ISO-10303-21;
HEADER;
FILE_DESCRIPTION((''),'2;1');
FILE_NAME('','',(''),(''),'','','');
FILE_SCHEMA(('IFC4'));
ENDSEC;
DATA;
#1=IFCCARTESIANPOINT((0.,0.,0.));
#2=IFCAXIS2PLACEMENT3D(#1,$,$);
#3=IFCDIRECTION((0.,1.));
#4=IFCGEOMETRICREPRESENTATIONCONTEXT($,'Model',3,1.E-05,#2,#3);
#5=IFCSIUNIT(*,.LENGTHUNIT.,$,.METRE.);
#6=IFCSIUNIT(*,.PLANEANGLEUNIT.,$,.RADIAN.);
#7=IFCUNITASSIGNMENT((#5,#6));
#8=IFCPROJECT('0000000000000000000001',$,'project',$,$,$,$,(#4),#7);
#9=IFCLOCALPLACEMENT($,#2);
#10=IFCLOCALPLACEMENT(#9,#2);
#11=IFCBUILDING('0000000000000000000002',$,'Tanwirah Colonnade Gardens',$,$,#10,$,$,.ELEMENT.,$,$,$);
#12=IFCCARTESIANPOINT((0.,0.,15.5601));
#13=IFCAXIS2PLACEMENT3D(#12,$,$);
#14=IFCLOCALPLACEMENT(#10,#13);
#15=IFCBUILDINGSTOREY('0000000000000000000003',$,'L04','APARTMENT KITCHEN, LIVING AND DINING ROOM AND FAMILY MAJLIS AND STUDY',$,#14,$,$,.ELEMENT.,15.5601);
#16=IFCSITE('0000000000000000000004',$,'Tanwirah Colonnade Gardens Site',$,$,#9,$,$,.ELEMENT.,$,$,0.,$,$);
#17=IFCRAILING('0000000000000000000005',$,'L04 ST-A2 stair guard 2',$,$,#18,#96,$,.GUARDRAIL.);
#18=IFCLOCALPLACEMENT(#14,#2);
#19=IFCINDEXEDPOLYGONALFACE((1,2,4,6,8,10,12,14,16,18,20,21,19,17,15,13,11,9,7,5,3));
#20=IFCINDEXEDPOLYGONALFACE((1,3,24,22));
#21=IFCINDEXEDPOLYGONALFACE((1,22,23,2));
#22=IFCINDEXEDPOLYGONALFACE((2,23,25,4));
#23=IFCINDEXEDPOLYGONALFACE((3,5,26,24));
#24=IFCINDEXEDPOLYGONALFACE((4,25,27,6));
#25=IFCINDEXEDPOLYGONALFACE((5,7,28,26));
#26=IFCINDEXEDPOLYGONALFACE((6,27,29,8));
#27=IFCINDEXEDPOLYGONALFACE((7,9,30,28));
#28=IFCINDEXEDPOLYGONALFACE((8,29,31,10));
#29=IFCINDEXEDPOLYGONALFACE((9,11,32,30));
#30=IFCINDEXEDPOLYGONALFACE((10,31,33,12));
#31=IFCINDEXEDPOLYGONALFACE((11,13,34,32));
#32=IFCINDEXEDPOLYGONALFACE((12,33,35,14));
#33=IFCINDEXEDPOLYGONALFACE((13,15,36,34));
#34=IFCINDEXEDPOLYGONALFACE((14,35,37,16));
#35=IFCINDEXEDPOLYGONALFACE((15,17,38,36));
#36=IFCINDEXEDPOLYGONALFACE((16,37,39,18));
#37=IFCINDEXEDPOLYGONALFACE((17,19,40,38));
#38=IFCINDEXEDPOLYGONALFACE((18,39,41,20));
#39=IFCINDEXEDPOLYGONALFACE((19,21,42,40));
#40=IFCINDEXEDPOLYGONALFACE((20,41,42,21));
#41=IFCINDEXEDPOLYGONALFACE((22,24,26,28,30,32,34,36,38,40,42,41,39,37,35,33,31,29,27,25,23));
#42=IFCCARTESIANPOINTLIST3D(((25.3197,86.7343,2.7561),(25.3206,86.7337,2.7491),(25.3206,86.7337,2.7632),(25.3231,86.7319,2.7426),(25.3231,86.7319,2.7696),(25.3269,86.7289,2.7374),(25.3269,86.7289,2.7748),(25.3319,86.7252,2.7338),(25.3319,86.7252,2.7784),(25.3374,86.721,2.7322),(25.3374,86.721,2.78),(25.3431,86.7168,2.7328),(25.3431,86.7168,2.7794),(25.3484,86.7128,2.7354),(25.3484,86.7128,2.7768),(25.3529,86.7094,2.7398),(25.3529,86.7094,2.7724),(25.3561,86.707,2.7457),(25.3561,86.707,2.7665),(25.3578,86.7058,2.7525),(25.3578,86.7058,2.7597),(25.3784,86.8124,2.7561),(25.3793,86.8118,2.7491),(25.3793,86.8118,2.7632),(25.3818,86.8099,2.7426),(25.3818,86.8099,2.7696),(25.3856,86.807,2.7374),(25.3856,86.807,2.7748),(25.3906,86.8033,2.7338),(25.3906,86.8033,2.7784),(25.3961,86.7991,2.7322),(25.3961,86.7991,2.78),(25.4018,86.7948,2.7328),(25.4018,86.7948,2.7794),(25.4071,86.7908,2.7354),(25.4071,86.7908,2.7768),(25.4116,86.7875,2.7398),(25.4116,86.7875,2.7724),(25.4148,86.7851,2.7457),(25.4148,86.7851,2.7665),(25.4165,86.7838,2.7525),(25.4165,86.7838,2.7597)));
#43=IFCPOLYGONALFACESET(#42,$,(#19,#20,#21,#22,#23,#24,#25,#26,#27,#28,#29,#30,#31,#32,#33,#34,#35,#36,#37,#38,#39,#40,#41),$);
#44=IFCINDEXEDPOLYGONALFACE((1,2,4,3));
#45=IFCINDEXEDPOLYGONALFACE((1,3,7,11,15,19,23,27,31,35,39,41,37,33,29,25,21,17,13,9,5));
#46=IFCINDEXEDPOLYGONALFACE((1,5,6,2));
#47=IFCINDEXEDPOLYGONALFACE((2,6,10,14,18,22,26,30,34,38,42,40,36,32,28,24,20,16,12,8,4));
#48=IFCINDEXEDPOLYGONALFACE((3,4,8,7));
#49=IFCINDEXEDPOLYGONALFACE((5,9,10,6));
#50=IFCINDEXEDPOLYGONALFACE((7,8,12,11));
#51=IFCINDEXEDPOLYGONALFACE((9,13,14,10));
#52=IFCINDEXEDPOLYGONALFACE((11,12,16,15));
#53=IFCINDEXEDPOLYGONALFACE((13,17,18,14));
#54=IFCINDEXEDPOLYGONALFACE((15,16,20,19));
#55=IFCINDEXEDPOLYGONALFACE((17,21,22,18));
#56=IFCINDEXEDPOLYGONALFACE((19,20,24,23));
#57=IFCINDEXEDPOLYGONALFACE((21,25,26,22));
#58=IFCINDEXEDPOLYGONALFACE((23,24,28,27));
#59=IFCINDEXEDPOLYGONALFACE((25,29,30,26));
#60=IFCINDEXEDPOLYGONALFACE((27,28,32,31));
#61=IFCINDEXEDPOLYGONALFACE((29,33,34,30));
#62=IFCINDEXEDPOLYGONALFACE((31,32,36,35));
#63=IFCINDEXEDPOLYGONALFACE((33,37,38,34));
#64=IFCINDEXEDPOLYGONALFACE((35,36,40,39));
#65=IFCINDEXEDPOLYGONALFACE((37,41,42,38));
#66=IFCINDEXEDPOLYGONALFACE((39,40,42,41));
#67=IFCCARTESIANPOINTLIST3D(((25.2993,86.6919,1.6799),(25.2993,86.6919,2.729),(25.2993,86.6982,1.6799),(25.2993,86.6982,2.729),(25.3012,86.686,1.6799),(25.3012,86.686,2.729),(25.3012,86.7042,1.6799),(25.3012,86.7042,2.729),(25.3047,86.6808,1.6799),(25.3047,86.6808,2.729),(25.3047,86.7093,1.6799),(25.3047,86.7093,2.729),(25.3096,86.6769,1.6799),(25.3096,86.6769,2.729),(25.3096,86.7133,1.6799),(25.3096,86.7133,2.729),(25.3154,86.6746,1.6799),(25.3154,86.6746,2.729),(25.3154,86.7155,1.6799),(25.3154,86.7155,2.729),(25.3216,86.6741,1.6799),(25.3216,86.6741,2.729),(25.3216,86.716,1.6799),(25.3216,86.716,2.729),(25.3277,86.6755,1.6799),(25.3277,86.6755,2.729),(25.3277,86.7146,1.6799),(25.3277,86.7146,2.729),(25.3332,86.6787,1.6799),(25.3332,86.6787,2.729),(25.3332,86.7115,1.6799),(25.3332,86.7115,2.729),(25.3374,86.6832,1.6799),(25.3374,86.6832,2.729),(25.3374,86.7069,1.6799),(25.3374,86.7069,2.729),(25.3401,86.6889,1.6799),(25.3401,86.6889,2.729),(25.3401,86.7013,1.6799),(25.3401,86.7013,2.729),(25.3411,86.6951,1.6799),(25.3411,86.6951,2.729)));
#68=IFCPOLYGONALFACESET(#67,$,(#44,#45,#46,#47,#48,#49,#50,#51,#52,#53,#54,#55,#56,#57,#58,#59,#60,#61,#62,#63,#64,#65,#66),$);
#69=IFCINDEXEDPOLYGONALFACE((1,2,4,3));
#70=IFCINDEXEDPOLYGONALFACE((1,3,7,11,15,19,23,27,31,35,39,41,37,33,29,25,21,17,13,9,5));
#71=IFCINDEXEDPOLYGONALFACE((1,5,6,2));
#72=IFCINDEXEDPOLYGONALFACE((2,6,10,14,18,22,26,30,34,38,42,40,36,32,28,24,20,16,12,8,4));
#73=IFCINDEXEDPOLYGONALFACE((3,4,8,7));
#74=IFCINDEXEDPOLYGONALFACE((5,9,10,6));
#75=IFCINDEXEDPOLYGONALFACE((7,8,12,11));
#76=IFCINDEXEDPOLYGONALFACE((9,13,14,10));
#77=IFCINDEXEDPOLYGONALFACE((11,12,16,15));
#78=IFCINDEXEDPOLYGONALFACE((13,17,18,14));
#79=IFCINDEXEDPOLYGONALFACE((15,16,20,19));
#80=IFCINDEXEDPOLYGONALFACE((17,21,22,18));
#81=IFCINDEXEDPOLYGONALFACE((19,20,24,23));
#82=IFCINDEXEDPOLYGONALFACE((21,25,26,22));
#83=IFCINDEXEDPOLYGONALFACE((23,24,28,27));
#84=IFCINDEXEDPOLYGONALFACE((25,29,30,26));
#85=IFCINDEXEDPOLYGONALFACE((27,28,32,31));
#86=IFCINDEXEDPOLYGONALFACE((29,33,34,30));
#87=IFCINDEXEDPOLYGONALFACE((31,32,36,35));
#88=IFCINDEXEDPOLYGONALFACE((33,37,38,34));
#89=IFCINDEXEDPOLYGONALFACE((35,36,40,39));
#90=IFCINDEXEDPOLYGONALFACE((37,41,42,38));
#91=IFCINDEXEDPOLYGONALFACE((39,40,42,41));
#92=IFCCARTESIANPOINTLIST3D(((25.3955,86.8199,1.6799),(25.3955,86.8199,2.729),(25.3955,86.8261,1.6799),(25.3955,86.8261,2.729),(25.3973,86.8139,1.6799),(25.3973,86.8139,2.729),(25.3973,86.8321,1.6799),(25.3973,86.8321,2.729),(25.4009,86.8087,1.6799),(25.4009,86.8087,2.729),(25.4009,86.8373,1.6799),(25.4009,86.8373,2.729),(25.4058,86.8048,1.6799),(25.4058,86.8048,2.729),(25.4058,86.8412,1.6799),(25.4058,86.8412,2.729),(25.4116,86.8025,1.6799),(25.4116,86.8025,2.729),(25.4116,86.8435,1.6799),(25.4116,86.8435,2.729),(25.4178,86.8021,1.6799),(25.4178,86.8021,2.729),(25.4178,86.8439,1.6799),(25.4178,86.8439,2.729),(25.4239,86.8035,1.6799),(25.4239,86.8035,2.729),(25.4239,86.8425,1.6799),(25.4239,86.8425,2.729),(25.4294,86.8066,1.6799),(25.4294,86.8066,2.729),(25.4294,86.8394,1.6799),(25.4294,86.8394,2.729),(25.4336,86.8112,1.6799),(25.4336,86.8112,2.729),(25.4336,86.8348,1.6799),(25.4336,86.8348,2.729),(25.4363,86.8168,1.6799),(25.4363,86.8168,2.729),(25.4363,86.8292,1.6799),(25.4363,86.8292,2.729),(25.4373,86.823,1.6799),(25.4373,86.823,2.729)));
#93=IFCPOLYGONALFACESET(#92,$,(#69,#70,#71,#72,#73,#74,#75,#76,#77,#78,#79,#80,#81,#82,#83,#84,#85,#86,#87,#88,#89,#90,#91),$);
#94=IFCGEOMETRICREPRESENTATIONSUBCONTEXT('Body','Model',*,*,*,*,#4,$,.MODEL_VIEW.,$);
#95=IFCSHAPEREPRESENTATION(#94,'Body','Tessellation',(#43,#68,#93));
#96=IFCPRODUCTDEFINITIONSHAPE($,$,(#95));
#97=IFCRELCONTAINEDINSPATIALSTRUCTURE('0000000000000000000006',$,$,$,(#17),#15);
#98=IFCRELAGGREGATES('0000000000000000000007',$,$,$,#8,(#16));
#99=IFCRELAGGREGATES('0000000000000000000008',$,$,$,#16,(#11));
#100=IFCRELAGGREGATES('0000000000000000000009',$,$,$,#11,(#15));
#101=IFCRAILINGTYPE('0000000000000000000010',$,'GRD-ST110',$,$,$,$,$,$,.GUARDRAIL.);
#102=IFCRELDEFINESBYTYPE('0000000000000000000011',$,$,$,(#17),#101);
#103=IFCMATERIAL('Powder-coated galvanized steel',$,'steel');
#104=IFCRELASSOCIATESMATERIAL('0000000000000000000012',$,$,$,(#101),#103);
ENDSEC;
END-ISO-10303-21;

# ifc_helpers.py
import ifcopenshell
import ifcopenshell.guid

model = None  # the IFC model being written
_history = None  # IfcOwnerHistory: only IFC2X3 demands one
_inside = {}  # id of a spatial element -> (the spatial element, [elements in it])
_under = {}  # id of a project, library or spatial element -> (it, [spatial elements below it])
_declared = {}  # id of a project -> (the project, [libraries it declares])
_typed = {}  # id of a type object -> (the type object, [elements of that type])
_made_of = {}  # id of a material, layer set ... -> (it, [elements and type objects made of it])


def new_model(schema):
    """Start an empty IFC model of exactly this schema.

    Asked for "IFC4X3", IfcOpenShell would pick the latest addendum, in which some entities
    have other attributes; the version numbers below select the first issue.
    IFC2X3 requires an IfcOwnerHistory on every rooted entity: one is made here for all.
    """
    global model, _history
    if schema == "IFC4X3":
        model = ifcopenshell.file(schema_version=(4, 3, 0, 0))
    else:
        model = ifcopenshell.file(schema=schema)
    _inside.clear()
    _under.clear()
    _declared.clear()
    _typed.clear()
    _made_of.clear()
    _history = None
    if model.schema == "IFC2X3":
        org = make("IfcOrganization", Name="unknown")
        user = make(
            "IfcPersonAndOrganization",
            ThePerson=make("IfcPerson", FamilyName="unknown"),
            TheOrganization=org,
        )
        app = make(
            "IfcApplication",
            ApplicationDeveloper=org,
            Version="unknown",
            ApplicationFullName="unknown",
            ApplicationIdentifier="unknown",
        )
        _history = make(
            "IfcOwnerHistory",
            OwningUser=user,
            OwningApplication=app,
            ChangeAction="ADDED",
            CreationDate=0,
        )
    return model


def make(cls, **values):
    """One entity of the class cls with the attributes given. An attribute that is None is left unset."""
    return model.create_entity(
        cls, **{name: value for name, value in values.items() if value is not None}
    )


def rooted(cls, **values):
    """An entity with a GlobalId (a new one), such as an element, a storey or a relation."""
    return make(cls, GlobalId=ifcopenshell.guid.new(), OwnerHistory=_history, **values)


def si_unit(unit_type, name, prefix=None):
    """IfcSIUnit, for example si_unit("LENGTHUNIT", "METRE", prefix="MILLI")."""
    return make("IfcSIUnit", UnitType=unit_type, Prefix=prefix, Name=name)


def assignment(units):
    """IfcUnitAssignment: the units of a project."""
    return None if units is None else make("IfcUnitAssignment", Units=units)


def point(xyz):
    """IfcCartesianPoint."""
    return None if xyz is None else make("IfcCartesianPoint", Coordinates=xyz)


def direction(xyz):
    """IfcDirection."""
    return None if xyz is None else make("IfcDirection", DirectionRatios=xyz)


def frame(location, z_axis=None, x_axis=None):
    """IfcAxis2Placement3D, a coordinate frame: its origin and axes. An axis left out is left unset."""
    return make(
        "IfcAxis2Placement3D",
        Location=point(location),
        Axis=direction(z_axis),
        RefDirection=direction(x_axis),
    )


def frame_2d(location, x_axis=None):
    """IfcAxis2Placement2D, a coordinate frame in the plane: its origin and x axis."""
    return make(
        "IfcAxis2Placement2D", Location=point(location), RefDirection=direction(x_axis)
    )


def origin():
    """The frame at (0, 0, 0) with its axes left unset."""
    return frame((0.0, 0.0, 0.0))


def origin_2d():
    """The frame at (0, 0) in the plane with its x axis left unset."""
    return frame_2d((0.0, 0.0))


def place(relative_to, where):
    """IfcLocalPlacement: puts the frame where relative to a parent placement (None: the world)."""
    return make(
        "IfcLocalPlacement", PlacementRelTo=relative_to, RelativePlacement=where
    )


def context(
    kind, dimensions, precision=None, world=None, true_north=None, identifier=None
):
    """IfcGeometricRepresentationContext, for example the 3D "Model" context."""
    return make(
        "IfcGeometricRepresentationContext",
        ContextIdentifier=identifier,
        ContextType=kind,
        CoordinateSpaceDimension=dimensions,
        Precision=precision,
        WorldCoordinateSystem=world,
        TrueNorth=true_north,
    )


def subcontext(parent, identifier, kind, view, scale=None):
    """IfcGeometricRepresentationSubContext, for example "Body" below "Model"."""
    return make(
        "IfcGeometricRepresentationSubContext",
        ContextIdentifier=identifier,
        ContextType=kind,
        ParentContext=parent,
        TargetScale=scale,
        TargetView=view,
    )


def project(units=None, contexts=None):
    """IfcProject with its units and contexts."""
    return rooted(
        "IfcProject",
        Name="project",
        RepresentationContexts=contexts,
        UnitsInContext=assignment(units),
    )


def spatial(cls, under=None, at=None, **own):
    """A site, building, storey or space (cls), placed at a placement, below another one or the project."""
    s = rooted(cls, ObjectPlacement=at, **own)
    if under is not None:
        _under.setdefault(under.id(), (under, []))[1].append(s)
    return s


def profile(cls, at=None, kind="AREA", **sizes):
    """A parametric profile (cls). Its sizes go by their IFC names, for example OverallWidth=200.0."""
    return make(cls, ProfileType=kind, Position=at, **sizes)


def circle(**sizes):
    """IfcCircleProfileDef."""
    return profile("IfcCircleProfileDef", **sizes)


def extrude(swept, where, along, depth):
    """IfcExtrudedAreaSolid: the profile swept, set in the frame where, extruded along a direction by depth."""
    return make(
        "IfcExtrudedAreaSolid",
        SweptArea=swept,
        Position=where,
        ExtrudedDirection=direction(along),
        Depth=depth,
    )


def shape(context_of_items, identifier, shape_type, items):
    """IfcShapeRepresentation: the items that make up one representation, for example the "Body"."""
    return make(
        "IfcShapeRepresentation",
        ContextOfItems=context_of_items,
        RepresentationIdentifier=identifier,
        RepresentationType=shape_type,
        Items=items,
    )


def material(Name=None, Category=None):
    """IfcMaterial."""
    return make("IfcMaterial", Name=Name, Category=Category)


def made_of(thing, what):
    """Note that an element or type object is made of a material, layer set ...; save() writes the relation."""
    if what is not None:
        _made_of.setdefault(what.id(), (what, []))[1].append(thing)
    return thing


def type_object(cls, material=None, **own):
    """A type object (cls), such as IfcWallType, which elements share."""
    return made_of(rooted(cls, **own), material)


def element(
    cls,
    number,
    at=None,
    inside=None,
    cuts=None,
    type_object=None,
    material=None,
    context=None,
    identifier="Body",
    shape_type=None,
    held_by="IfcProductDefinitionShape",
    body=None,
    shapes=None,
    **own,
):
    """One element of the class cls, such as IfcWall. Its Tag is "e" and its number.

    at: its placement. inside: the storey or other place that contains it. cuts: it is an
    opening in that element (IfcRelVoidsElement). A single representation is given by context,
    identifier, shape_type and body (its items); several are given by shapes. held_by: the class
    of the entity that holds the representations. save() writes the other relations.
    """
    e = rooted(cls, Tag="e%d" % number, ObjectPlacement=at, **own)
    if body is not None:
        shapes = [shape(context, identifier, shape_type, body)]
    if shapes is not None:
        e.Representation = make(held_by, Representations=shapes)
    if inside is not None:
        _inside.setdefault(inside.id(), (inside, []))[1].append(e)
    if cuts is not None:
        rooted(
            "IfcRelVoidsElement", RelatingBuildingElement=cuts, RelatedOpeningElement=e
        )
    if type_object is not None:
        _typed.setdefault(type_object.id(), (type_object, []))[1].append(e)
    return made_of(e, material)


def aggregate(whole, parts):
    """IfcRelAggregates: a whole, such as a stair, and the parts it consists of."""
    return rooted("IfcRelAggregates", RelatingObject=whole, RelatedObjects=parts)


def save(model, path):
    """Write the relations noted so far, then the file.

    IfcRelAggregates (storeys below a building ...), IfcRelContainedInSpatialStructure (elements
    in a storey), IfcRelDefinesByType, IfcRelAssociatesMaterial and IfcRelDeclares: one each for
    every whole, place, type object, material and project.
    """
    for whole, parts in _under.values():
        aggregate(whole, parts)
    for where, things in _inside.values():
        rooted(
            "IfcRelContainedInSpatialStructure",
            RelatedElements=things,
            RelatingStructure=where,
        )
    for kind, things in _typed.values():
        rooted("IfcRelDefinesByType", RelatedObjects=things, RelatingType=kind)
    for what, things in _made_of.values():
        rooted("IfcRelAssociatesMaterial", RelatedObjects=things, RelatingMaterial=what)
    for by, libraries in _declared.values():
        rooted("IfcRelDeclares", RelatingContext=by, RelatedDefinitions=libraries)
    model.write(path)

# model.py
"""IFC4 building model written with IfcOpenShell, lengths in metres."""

from ifc_helpers import new_model, si_unit, direction, frame, origin, origin_2d, place, context, subcontext, project, spatial, circle, extrude, material, type_object, element, save


model = new_model("IFC4")

# Units and contexts
model_context = context("Model", 3, precision=1e-05, world=origin(), true_north=direction((0.0, 1.0)))
body_context = subcontext(model_context, "Body", "Model", "MODEL_VIEW")
ifc_project = project(units=[si_unit("LENGTHUNIT", "METRE"), si_unit("PLANEANGLEUNIT", "RADIAN")], contexts=[model_context])

# Site, building, storey
site_placement = place(None, origin())
site = spatial("IfcSite", under=ifc_project, at=site_placement, Name="Tanwirah Colonnade Gardens Site", CompositionType="ELEMENT", RefElevation=0.0)
building_placement = place(site_placement, origin())
building = spatial("IfcBuilding", under=site, at=building_placement, Name="Tanwirah Colonnade Gardens", CompositionType="ELEMENT")
storey_placement = place(building_placement, frame((0.0, 0.0, 15.5601)))
storey = spatial("IfcBuildingStorey", under=building, at=storey_placement, Name="L04", Description="APARTMENT KITCHEN, LIVING AND DINING ROOM AND FAMILY MAJLIS AND STUDY", CompositionType="ELEMENT", Elevation=15.5601)

# Railing
ifc_material_1 = material(Name="Powder-coated galvanized steel", Category="steel")
railing_type_1 = type_object("IfcRailingType", Name="GRD-ST110", PredefinedType="GUARDRAIL", material=ifc_material_1)
railing_1_placement = place(storey_placement, frame((25.3201, 86.6951, 1.6799)))
element("IfcRailing", 1, at=railing_1_placement, inside=storey, type_object=railing_type_1, Name="L04 ST-A2 stair guard 2", PredefinedType="GUARDRAIL", context=body_context, shape_type="SweptSolid", body=[
    extrude(circle(Radius=0.0239, at=origin_2d()), frame((0.0188, 0.0249, 1.0762), z_axis=(0.600976, 0.799267, 0.0), x_axis=(-0.799267, 0.600976, 0.0)), (0.0, 0.0, 1.0), 0.0977),
    extrude(circle(Radius=0.021, at=origin_2d()), origin(), (0.0, 0.0, 1.0), 1.0491),
    extrude(circle(Radius=0.021, at=origin_2d()), frame((0.0962, 0.1279, 0.0)), (0.0, 0.0, 1.0), 1.0491),
])

save(model, "model.ifc")
